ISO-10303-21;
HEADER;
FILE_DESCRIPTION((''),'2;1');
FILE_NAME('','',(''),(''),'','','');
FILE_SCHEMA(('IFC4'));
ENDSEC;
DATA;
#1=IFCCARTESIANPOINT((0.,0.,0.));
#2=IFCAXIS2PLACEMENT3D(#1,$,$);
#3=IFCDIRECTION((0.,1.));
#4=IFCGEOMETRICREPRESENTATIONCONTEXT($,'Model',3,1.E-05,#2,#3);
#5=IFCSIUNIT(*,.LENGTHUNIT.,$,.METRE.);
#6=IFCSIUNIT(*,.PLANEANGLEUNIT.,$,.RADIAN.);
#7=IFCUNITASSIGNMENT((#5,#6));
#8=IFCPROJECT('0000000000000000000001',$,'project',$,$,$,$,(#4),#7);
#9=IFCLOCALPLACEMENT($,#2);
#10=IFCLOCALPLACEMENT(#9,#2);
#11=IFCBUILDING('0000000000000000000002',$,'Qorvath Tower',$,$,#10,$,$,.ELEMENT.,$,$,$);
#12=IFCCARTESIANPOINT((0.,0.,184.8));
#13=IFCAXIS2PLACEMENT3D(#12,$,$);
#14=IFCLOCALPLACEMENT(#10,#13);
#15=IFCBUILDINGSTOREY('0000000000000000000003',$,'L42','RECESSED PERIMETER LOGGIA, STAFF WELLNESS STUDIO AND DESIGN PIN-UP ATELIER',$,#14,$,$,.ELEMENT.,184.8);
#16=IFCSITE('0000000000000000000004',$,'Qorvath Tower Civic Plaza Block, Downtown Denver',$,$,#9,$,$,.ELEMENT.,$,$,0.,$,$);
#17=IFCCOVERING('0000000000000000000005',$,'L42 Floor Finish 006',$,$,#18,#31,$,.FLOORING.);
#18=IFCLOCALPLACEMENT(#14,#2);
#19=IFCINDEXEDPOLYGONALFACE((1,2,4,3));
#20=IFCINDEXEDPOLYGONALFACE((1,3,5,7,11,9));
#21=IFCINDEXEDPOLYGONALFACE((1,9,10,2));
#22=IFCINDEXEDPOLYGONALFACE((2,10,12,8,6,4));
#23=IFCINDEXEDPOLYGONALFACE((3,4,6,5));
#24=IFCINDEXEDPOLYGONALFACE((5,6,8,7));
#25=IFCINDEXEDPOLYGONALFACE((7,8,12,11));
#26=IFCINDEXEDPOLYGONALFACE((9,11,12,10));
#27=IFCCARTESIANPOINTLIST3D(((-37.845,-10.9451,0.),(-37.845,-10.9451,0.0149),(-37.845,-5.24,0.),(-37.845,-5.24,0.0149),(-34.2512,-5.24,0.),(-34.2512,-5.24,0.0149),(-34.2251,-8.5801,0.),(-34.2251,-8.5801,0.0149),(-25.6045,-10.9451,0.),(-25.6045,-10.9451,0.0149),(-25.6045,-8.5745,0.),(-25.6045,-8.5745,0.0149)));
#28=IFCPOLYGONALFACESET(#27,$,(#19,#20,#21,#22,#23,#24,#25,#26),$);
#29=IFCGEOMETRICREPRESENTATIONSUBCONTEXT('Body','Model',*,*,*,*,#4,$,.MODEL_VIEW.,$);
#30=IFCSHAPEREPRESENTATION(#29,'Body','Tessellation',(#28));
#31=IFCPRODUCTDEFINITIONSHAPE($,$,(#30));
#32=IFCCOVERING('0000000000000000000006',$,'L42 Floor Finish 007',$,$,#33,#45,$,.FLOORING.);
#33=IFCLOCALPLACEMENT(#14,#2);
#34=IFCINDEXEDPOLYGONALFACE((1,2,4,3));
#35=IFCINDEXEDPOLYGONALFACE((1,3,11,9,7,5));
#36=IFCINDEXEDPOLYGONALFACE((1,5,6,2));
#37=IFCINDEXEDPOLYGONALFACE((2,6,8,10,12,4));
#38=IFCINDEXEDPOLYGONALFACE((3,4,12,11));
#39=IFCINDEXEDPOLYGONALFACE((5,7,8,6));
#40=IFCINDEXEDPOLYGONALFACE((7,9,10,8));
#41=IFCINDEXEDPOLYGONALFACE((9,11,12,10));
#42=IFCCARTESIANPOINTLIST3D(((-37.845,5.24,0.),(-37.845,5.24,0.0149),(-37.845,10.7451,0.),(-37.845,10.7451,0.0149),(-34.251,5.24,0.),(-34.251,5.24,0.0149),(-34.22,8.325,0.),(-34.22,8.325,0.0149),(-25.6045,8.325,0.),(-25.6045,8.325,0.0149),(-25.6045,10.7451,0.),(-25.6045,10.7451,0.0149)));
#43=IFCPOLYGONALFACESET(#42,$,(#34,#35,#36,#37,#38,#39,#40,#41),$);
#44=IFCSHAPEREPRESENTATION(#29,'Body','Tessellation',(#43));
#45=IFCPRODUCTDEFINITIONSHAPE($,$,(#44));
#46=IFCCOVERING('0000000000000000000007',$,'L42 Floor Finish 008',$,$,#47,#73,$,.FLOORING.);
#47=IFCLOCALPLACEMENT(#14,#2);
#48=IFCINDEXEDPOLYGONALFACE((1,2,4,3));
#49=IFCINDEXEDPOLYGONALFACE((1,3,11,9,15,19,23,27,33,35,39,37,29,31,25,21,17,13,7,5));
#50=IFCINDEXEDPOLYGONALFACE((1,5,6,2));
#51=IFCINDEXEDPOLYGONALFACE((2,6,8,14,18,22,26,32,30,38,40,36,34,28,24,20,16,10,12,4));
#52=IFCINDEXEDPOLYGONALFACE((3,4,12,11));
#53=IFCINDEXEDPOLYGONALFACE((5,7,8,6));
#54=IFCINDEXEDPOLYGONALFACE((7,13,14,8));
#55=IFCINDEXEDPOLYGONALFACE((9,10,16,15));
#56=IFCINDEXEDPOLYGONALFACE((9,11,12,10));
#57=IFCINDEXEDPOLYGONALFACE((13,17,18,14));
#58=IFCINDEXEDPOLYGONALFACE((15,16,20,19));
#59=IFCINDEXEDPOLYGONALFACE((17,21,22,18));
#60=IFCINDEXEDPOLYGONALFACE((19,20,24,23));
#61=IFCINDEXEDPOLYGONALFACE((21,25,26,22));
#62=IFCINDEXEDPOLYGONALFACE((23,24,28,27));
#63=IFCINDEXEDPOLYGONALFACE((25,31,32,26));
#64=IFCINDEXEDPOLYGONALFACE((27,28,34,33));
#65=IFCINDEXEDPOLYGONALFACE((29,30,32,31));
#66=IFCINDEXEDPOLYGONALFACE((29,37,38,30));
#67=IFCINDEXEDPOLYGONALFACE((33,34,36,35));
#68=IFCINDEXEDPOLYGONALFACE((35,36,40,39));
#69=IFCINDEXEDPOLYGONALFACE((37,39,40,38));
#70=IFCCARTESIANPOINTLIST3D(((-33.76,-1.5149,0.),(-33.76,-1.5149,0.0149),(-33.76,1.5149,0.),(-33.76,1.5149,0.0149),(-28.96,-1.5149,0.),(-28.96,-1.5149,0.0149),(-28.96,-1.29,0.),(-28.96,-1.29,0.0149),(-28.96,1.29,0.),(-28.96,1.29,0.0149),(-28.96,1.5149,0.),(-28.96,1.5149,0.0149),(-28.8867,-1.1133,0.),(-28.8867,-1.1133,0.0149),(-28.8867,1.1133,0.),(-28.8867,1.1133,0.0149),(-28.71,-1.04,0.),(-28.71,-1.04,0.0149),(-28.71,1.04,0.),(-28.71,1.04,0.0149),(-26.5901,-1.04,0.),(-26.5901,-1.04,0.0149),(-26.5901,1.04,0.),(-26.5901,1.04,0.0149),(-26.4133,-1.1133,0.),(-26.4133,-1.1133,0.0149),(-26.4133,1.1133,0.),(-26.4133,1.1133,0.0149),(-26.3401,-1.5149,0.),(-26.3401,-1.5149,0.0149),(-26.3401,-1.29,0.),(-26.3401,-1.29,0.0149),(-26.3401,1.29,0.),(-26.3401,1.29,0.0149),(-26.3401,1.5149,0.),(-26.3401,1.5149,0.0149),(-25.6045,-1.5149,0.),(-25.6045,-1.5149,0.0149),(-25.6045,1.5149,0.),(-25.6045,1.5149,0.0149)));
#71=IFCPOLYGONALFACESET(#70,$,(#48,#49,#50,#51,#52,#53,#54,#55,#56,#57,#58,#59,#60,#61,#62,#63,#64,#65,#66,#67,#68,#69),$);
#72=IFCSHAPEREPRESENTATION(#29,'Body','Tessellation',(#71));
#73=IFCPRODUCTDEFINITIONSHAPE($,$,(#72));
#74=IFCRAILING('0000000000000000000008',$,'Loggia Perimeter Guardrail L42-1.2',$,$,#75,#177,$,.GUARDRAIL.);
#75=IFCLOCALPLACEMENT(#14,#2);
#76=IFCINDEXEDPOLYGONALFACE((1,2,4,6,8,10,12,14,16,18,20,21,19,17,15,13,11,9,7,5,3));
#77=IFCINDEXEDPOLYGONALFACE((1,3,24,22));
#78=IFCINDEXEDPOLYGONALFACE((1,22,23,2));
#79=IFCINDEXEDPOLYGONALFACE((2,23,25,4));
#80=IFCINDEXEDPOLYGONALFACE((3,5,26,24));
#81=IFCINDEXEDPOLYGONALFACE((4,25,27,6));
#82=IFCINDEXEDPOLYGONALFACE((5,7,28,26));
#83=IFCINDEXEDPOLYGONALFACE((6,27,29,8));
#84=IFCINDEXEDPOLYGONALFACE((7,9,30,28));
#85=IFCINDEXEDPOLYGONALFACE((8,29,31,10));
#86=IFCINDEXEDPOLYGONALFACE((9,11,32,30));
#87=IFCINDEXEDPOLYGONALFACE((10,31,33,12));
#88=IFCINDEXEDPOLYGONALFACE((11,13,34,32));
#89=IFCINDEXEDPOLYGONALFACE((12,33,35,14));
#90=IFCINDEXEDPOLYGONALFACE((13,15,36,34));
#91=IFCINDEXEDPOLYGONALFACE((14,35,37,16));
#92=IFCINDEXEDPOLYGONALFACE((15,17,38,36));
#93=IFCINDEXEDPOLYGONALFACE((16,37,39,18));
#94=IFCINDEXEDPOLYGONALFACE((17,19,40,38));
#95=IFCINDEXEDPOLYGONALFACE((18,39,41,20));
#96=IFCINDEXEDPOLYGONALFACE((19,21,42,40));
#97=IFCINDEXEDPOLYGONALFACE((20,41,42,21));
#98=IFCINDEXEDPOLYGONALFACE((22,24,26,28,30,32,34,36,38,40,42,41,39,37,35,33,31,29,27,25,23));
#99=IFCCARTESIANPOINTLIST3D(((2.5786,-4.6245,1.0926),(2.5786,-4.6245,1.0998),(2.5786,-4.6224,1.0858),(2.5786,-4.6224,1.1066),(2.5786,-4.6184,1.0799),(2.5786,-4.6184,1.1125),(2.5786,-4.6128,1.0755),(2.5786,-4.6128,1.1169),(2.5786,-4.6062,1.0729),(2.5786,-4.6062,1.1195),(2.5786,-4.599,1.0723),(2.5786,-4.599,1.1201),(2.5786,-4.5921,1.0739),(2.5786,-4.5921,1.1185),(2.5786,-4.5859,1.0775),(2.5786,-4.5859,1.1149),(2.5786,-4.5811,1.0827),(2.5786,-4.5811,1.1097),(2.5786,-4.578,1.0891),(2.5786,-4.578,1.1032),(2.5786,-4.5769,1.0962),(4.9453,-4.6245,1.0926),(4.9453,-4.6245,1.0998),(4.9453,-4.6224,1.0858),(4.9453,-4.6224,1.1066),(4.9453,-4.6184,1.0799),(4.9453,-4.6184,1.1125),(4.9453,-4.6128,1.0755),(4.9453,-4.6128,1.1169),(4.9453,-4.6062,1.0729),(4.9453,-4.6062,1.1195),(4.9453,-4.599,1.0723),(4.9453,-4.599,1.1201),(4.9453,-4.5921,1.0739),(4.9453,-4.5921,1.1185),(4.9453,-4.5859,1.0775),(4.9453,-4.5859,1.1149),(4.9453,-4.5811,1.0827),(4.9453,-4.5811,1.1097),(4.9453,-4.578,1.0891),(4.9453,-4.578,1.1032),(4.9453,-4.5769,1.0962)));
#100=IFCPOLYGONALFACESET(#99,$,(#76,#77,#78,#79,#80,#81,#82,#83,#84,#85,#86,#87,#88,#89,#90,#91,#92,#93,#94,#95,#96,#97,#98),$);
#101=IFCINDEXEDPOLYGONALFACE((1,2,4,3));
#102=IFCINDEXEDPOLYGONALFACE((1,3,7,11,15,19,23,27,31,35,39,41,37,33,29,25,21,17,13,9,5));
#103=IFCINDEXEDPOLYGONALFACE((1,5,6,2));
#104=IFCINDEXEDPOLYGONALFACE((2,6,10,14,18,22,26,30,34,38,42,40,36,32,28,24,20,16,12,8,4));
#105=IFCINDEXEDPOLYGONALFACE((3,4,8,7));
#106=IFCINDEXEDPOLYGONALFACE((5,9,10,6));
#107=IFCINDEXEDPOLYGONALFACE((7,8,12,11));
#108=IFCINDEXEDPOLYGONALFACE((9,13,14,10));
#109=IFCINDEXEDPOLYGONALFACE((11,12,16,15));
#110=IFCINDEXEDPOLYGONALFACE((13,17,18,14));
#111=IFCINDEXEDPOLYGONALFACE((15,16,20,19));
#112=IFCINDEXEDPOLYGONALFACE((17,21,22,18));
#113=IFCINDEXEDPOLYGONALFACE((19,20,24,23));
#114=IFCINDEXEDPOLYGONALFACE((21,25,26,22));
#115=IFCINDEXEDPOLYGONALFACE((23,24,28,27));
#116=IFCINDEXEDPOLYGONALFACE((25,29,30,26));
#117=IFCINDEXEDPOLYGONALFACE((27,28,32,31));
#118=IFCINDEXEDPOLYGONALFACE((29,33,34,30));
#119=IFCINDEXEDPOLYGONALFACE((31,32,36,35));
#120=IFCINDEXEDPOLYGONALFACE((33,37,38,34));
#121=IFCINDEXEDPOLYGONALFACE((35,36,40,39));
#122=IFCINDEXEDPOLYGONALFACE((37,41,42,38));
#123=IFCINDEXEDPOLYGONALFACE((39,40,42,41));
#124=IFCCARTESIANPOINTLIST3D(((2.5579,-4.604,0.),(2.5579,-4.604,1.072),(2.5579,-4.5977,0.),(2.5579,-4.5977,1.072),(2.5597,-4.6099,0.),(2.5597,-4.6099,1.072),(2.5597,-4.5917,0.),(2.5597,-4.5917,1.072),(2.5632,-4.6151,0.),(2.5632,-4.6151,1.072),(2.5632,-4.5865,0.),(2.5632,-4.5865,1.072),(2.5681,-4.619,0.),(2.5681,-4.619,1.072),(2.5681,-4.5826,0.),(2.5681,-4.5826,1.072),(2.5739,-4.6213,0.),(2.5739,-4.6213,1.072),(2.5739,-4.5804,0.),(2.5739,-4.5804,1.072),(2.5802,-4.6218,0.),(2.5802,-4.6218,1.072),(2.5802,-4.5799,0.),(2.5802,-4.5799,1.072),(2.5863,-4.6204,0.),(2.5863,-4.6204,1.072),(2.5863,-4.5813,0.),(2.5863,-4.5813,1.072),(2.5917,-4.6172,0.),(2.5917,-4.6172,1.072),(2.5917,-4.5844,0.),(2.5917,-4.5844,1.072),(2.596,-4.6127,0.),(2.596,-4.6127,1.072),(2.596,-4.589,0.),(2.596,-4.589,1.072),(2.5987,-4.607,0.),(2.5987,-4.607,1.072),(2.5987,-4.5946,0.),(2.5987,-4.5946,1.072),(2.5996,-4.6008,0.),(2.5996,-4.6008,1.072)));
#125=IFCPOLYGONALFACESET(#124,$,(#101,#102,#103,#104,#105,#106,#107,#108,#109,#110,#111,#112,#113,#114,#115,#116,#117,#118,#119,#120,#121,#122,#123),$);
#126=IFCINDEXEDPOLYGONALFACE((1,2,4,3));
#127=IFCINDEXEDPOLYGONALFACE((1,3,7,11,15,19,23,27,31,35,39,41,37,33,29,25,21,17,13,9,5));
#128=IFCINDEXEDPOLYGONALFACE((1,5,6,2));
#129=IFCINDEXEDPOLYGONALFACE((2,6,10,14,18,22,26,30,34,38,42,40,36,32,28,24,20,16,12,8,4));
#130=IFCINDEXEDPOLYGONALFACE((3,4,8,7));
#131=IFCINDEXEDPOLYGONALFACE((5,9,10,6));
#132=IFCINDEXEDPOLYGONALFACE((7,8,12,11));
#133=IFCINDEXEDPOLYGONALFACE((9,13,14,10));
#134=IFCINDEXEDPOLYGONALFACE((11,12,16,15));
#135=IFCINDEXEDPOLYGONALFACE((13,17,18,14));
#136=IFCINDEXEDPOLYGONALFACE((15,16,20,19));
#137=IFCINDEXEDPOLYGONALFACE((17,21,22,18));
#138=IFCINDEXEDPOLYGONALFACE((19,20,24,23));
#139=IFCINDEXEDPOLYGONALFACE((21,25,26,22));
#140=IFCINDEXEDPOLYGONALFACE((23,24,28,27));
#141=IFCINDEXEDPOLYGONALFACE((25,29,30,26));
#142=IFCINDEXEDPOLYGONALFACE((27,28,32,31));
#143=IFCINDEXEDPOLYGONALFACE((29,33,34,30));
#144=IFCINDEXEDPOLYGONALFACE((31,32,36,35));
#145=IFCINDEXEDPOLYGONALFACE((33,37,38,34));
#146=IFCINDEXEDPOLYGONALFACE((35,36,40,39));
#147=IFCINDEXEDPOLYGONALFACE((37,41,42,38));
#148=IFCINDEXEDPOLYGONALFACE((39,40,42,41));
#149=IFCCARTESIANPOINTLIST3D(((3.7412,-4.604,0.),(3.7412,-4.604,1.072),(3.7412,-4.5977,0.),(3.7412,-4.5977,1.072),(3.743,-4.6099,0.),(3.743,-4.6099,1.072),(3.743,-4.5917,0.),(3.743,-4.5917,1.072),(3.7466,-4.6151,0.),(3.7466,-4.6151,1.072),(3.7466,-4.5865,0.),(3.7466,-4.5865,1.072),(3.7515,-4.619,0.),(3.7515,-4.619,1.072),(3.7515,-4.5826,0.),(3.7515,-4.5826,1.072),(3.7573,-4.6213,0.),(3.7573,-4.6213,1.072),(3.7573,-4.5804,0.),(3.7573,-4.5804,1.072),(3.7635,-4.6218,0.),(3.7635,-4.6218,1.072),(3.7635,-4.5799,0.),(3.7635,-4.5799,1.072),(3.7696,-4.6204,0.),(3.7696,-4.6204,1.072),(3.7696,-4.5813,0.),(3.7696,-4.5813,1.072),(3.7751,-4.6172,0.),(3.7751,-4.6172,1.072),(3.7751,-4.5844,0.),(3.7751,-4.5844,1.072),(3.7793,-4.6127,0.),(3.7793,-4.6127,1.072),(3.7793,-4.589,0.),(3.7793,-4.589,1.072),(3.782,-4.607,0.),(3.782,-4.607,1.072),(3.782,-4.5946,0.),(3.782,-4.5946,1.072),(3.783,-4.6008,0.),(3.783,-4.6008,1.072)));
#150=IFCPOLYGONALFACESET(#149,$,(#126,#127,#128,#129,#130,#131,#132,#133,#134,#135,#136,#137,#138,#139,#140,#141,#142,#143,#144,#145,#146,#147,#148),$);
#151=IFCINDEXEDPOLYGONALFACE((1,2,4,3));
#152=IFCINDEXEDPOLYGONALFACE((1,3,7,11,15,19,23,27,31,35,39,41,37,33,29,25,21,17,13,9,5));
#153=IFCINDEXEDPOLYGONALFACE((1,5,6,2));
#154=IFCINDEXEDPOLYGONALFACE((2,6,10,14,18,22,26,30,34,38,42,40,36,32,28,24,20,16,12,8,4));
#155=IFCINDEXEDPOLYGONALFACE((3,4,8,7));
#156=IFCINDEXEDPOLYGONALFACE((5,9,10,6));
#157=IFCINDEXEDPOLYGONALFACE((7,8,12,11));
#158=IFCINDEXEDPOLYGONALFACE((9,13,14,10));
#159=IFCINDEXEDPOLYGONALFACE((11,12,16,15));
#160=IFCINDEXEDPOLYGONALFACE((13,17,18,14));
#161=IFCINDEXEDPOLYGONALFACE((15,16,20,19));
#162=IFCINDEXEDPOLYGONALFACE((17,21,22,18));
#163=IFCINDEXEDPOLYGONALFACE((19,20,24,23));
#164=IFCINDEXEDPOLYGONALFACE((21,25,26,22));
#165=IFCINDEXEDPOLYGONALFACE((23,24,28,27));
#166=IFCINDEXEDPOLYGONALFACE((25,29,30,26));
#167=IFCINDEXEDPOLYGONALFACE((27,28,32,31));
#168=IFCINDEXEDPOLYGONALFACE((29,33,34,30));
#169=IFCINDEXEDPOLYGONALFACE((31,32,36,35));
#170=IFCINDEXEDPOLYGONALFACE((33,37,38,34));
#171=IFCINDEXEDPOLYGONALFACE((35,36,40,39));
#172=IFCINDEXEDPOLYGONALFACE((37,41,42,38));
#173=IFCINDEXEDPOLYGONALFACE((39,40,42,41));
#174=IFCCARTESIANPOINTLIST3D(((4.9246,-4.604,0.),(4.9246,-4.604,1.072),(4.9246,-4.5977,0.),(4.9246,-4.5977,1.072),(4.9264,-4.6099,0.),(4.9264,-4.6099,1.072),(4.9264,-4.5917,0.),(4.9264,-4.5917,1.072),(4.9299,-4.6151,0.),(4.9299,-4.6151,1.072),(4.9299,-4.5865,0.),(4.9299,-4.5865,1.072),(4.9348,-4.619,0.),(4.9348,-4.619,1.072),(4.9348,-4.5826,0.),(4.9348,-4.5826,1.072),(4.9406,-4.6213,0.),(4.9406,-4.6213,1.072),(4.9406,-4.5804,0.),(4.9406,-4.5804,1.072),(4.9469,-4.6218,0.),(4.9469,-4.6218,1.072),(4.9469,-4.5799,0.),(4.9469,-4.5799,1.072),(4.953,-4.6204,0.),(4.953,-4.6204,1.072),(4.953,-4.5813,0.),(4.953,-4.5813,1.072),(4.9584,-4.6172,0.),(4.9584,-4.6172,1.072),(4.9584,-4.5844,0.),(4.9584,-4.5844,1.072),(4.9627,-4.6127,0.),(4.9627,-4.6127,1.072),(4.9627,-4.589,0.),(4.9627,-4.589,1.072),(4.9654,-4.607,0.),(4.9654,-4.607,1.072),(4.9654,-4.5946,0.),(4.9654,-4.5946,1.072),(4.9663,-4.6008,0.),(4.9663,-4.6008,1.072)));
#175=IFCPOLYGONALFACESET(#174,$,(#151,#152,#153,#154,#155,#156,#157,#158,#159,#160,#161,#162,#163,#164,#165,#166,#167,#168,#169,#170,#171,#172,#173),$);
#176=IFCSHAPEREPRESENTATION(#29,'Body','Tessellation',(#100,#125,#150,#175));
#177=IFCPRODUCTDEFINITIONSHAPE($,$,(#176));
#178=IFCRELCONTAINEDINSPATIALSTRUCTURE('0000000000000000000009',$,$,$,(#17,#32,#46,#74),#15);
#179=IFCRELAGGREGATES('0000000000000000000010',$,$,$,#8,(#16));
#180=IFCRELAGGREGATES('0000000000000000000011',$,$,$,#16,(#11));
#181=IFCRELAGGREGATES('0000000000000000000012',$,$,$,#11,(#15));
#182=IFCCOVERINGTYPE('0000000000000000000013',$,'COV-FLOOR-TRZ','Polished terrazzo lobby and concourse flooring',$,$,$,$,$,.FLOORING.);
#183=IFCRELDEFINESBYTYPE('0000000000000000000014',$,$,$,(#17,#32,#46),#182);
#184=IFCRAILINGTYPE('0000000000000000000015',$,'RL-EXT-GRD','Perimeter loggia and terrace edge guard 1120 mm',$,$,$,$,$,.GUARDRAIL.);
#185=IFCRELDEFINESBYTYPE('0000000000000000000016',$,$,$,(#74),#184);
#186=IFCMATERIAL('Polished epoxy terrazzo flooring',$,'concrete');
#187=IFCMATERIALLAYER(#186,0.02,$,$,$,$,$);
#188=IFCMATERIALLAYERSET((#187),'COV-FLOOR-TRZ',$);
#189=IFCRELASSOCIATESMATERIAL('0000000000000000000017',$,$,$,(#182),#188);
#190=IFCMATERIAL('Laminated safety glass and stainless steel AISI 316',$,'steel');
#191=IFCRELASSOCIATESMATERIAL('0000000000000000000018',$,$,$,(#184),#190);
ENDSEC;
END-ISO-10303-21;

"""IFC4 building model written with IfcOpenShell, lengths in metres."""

from ifc_helpers import new_model, si_unit, direction, frame, origin, origin_2d, place, context, subcontext, project, spatial, polyline, circle, outline, extrude, material, layer, layer_set, type_object, element, save


model = new_model("IFC4")

# Units and contexts
model_context = context("Model", 3, precision=1e-05, world=origin(), true_north=direction((0.0, 1.0)))
body_context = subcontext(model_context, "Body", "Model", "MODEL_VIEW")
ifc_project = project(units=[si_unit("LENGTHUNIT", "METRE"), si_unit("PLANEANGLEUNIT", "RADIAN")], contexts=[model_context])

# Site, building, storey
site_placement = place(None, origin())
site = spatial("IfcSite", under=ifc_project, at=site_placement, Name="Qorvath Tower Civic Plaza Block, Downtown Denver", CompositionType="ELEMENT", RefElevation=0.0)
building_placement = place(site_placement, origin())
building = spatial("IfcBuilding", under=site, at=building_placement, Name="Qorvath Tower", CompositionType="ELEMENT")
storey_placement = place(building_placement, frame((0.0, 0.0, 184.8)))
storey = spatial("IfcBuildingStorey", under=building, at=storey_placement, Name="L42", Description="RECESSED PERIMETER LOGGIA, STAFF WELLNESS STUDIO AND DESIGN PIN-UP ATELIER", CompositionType="ELEMENT", Elevation=184.8)

# Coverings
ifc_material_1 = material(Name="Polished epoxy terrazzo flooring", Category="concrete")
ifc_layer_1 = layer(ifc_material_1, 0.02)
ifc_layer_set_1 = layer_set([ifc_layer_1], Name="COV-FLOOR-TRZ")
covering_type_1 = type_object("IfcCoveringType", Name="COV-FLOOR-TRZ", Description="Polished terrazzo lobby and concourse flooring", PredefinedType="FLOORING", material=ifc_layer_set_1)
covering_1_placement = place(storey_placement, origin())
element("IfcCovering", 1, at=covering_1_placement, inside=storey, type_object=covering_type_1, Name="L42 Floor Finish 006", PredefinedType="FLOORING", context=body_context, shape_type="SweptSolid", body=[
    extrude(outline(polyline([(-34.2251, -8.5801), (-34.2512, -5.24), (-37.845, -5.24), (-37.845, -10.9451), (-25.6045, -10.9451), (-25.6045, -8.5745), (-34.2251, -8.5801)])), origin(), (0.0, 0.0, 1.0), 0.0149),
])
covering_2_placement = place(storey_placement, origin())
element("IfcCovering", 2, at=covering_2_placement, inside=storey, type_object=covering_type_1, Name="L42 Floor Finish 007", PredefinedType="FLOORING", context=body_context, shape_type="SweptSolid", body=[
    extrude(outline(polyline([(-25.6045, 8.325), (-25.6045, 10.7451), (-37.845, 10.7451), (-37.845, 5.24), (-34.251, 5.24), (-34.22, 8.325), (-25.6045, 8.325)])), origin(), (0.0, 0.0, 1.0), 0.0149),
])
covering_3_placement = place(storey_placement, origin())
element("IfcCovering", 3, at=covering_3_placement, inside=storey, type_object=covering_type_1, Name="L42 Floor Finish 008", PredefinedType="FLOORING", context=body_context, shape_type="SweptSolid", body=[
    extrude(outline(polyline([(-25.6045, -1.5149), (-25.6045, 1.5149), (-26.3401, 1.5149), (-26.3401, 1.29), (-26.4133, 1.1133), (-26.5901, 1.04), (-28.71, 1.04), (-28.8867, 1.1133), (-28.96, 1.29), (-28.96, 1.5149), (-33.76, 1.5149), (-33.76, -1.5149), (-28.96, -1.5149), (-28.96, -1.29), (-28.8867, -1.1133), (-28.71, -1.04), (-26.5901, -1.04), (-26.4133, -1.1133), (-26.3401, -1.29), (-26.3401, -1.5149), (-25.6045, -1.5149)])), origin(), (0.0, 0.0, 1.0), 0.0149),
])

# Railing
ifc_material_2 = material(Name="Laminated safety glass and stainless steel AISI 316", Category="steel")
railing_type = type_object("IfcRailingType", Name="RL-EXT-GRD", Description="Perimeter loggia and terrace edge guard 1120 mm", PredefinedType="GUARDRAIL", material=ifc_material_2)
railing_1_placement = place(storey_placement, frame((2.5786, -4.6008, 0.0)))
element("IfcRailing", 4, at=railing_1_placement, inside=storey, type_object=railing_type, Name="Loggia Perimeter Guardrail L42-1.2", PredefinedType="GUARDRAIL", context=body_context, shape_type="SweptSolid", body=[
    extrude(circle(Radius=0.0239, at=origin_2d()), frame((0.0, 0.0, 1.0962), z_axis=(1.0, 0.0, 0.0), x_axis=(0.0, 1.0, 0.0)), (0.0, 0.0, 1.0), 2.3667),
    extrude(circle(Radius=0.021, at=origin_2d()), origin(), (0.0, 0.0, 1.0), 1.072),
    extrude(circle(Radius=0.021, at=origin_2d()), frame((1.1833, 0.0, 0.0)), (0.0, 0.0, 1.0), 1.072),
    extrude(circle(Radius=0.021, at=origin_2d()), frame((2.3667, 0.0, 0.0)), (0.0, 0.0, 1.0), 1.072),
])

save(model, "model.ifc")
